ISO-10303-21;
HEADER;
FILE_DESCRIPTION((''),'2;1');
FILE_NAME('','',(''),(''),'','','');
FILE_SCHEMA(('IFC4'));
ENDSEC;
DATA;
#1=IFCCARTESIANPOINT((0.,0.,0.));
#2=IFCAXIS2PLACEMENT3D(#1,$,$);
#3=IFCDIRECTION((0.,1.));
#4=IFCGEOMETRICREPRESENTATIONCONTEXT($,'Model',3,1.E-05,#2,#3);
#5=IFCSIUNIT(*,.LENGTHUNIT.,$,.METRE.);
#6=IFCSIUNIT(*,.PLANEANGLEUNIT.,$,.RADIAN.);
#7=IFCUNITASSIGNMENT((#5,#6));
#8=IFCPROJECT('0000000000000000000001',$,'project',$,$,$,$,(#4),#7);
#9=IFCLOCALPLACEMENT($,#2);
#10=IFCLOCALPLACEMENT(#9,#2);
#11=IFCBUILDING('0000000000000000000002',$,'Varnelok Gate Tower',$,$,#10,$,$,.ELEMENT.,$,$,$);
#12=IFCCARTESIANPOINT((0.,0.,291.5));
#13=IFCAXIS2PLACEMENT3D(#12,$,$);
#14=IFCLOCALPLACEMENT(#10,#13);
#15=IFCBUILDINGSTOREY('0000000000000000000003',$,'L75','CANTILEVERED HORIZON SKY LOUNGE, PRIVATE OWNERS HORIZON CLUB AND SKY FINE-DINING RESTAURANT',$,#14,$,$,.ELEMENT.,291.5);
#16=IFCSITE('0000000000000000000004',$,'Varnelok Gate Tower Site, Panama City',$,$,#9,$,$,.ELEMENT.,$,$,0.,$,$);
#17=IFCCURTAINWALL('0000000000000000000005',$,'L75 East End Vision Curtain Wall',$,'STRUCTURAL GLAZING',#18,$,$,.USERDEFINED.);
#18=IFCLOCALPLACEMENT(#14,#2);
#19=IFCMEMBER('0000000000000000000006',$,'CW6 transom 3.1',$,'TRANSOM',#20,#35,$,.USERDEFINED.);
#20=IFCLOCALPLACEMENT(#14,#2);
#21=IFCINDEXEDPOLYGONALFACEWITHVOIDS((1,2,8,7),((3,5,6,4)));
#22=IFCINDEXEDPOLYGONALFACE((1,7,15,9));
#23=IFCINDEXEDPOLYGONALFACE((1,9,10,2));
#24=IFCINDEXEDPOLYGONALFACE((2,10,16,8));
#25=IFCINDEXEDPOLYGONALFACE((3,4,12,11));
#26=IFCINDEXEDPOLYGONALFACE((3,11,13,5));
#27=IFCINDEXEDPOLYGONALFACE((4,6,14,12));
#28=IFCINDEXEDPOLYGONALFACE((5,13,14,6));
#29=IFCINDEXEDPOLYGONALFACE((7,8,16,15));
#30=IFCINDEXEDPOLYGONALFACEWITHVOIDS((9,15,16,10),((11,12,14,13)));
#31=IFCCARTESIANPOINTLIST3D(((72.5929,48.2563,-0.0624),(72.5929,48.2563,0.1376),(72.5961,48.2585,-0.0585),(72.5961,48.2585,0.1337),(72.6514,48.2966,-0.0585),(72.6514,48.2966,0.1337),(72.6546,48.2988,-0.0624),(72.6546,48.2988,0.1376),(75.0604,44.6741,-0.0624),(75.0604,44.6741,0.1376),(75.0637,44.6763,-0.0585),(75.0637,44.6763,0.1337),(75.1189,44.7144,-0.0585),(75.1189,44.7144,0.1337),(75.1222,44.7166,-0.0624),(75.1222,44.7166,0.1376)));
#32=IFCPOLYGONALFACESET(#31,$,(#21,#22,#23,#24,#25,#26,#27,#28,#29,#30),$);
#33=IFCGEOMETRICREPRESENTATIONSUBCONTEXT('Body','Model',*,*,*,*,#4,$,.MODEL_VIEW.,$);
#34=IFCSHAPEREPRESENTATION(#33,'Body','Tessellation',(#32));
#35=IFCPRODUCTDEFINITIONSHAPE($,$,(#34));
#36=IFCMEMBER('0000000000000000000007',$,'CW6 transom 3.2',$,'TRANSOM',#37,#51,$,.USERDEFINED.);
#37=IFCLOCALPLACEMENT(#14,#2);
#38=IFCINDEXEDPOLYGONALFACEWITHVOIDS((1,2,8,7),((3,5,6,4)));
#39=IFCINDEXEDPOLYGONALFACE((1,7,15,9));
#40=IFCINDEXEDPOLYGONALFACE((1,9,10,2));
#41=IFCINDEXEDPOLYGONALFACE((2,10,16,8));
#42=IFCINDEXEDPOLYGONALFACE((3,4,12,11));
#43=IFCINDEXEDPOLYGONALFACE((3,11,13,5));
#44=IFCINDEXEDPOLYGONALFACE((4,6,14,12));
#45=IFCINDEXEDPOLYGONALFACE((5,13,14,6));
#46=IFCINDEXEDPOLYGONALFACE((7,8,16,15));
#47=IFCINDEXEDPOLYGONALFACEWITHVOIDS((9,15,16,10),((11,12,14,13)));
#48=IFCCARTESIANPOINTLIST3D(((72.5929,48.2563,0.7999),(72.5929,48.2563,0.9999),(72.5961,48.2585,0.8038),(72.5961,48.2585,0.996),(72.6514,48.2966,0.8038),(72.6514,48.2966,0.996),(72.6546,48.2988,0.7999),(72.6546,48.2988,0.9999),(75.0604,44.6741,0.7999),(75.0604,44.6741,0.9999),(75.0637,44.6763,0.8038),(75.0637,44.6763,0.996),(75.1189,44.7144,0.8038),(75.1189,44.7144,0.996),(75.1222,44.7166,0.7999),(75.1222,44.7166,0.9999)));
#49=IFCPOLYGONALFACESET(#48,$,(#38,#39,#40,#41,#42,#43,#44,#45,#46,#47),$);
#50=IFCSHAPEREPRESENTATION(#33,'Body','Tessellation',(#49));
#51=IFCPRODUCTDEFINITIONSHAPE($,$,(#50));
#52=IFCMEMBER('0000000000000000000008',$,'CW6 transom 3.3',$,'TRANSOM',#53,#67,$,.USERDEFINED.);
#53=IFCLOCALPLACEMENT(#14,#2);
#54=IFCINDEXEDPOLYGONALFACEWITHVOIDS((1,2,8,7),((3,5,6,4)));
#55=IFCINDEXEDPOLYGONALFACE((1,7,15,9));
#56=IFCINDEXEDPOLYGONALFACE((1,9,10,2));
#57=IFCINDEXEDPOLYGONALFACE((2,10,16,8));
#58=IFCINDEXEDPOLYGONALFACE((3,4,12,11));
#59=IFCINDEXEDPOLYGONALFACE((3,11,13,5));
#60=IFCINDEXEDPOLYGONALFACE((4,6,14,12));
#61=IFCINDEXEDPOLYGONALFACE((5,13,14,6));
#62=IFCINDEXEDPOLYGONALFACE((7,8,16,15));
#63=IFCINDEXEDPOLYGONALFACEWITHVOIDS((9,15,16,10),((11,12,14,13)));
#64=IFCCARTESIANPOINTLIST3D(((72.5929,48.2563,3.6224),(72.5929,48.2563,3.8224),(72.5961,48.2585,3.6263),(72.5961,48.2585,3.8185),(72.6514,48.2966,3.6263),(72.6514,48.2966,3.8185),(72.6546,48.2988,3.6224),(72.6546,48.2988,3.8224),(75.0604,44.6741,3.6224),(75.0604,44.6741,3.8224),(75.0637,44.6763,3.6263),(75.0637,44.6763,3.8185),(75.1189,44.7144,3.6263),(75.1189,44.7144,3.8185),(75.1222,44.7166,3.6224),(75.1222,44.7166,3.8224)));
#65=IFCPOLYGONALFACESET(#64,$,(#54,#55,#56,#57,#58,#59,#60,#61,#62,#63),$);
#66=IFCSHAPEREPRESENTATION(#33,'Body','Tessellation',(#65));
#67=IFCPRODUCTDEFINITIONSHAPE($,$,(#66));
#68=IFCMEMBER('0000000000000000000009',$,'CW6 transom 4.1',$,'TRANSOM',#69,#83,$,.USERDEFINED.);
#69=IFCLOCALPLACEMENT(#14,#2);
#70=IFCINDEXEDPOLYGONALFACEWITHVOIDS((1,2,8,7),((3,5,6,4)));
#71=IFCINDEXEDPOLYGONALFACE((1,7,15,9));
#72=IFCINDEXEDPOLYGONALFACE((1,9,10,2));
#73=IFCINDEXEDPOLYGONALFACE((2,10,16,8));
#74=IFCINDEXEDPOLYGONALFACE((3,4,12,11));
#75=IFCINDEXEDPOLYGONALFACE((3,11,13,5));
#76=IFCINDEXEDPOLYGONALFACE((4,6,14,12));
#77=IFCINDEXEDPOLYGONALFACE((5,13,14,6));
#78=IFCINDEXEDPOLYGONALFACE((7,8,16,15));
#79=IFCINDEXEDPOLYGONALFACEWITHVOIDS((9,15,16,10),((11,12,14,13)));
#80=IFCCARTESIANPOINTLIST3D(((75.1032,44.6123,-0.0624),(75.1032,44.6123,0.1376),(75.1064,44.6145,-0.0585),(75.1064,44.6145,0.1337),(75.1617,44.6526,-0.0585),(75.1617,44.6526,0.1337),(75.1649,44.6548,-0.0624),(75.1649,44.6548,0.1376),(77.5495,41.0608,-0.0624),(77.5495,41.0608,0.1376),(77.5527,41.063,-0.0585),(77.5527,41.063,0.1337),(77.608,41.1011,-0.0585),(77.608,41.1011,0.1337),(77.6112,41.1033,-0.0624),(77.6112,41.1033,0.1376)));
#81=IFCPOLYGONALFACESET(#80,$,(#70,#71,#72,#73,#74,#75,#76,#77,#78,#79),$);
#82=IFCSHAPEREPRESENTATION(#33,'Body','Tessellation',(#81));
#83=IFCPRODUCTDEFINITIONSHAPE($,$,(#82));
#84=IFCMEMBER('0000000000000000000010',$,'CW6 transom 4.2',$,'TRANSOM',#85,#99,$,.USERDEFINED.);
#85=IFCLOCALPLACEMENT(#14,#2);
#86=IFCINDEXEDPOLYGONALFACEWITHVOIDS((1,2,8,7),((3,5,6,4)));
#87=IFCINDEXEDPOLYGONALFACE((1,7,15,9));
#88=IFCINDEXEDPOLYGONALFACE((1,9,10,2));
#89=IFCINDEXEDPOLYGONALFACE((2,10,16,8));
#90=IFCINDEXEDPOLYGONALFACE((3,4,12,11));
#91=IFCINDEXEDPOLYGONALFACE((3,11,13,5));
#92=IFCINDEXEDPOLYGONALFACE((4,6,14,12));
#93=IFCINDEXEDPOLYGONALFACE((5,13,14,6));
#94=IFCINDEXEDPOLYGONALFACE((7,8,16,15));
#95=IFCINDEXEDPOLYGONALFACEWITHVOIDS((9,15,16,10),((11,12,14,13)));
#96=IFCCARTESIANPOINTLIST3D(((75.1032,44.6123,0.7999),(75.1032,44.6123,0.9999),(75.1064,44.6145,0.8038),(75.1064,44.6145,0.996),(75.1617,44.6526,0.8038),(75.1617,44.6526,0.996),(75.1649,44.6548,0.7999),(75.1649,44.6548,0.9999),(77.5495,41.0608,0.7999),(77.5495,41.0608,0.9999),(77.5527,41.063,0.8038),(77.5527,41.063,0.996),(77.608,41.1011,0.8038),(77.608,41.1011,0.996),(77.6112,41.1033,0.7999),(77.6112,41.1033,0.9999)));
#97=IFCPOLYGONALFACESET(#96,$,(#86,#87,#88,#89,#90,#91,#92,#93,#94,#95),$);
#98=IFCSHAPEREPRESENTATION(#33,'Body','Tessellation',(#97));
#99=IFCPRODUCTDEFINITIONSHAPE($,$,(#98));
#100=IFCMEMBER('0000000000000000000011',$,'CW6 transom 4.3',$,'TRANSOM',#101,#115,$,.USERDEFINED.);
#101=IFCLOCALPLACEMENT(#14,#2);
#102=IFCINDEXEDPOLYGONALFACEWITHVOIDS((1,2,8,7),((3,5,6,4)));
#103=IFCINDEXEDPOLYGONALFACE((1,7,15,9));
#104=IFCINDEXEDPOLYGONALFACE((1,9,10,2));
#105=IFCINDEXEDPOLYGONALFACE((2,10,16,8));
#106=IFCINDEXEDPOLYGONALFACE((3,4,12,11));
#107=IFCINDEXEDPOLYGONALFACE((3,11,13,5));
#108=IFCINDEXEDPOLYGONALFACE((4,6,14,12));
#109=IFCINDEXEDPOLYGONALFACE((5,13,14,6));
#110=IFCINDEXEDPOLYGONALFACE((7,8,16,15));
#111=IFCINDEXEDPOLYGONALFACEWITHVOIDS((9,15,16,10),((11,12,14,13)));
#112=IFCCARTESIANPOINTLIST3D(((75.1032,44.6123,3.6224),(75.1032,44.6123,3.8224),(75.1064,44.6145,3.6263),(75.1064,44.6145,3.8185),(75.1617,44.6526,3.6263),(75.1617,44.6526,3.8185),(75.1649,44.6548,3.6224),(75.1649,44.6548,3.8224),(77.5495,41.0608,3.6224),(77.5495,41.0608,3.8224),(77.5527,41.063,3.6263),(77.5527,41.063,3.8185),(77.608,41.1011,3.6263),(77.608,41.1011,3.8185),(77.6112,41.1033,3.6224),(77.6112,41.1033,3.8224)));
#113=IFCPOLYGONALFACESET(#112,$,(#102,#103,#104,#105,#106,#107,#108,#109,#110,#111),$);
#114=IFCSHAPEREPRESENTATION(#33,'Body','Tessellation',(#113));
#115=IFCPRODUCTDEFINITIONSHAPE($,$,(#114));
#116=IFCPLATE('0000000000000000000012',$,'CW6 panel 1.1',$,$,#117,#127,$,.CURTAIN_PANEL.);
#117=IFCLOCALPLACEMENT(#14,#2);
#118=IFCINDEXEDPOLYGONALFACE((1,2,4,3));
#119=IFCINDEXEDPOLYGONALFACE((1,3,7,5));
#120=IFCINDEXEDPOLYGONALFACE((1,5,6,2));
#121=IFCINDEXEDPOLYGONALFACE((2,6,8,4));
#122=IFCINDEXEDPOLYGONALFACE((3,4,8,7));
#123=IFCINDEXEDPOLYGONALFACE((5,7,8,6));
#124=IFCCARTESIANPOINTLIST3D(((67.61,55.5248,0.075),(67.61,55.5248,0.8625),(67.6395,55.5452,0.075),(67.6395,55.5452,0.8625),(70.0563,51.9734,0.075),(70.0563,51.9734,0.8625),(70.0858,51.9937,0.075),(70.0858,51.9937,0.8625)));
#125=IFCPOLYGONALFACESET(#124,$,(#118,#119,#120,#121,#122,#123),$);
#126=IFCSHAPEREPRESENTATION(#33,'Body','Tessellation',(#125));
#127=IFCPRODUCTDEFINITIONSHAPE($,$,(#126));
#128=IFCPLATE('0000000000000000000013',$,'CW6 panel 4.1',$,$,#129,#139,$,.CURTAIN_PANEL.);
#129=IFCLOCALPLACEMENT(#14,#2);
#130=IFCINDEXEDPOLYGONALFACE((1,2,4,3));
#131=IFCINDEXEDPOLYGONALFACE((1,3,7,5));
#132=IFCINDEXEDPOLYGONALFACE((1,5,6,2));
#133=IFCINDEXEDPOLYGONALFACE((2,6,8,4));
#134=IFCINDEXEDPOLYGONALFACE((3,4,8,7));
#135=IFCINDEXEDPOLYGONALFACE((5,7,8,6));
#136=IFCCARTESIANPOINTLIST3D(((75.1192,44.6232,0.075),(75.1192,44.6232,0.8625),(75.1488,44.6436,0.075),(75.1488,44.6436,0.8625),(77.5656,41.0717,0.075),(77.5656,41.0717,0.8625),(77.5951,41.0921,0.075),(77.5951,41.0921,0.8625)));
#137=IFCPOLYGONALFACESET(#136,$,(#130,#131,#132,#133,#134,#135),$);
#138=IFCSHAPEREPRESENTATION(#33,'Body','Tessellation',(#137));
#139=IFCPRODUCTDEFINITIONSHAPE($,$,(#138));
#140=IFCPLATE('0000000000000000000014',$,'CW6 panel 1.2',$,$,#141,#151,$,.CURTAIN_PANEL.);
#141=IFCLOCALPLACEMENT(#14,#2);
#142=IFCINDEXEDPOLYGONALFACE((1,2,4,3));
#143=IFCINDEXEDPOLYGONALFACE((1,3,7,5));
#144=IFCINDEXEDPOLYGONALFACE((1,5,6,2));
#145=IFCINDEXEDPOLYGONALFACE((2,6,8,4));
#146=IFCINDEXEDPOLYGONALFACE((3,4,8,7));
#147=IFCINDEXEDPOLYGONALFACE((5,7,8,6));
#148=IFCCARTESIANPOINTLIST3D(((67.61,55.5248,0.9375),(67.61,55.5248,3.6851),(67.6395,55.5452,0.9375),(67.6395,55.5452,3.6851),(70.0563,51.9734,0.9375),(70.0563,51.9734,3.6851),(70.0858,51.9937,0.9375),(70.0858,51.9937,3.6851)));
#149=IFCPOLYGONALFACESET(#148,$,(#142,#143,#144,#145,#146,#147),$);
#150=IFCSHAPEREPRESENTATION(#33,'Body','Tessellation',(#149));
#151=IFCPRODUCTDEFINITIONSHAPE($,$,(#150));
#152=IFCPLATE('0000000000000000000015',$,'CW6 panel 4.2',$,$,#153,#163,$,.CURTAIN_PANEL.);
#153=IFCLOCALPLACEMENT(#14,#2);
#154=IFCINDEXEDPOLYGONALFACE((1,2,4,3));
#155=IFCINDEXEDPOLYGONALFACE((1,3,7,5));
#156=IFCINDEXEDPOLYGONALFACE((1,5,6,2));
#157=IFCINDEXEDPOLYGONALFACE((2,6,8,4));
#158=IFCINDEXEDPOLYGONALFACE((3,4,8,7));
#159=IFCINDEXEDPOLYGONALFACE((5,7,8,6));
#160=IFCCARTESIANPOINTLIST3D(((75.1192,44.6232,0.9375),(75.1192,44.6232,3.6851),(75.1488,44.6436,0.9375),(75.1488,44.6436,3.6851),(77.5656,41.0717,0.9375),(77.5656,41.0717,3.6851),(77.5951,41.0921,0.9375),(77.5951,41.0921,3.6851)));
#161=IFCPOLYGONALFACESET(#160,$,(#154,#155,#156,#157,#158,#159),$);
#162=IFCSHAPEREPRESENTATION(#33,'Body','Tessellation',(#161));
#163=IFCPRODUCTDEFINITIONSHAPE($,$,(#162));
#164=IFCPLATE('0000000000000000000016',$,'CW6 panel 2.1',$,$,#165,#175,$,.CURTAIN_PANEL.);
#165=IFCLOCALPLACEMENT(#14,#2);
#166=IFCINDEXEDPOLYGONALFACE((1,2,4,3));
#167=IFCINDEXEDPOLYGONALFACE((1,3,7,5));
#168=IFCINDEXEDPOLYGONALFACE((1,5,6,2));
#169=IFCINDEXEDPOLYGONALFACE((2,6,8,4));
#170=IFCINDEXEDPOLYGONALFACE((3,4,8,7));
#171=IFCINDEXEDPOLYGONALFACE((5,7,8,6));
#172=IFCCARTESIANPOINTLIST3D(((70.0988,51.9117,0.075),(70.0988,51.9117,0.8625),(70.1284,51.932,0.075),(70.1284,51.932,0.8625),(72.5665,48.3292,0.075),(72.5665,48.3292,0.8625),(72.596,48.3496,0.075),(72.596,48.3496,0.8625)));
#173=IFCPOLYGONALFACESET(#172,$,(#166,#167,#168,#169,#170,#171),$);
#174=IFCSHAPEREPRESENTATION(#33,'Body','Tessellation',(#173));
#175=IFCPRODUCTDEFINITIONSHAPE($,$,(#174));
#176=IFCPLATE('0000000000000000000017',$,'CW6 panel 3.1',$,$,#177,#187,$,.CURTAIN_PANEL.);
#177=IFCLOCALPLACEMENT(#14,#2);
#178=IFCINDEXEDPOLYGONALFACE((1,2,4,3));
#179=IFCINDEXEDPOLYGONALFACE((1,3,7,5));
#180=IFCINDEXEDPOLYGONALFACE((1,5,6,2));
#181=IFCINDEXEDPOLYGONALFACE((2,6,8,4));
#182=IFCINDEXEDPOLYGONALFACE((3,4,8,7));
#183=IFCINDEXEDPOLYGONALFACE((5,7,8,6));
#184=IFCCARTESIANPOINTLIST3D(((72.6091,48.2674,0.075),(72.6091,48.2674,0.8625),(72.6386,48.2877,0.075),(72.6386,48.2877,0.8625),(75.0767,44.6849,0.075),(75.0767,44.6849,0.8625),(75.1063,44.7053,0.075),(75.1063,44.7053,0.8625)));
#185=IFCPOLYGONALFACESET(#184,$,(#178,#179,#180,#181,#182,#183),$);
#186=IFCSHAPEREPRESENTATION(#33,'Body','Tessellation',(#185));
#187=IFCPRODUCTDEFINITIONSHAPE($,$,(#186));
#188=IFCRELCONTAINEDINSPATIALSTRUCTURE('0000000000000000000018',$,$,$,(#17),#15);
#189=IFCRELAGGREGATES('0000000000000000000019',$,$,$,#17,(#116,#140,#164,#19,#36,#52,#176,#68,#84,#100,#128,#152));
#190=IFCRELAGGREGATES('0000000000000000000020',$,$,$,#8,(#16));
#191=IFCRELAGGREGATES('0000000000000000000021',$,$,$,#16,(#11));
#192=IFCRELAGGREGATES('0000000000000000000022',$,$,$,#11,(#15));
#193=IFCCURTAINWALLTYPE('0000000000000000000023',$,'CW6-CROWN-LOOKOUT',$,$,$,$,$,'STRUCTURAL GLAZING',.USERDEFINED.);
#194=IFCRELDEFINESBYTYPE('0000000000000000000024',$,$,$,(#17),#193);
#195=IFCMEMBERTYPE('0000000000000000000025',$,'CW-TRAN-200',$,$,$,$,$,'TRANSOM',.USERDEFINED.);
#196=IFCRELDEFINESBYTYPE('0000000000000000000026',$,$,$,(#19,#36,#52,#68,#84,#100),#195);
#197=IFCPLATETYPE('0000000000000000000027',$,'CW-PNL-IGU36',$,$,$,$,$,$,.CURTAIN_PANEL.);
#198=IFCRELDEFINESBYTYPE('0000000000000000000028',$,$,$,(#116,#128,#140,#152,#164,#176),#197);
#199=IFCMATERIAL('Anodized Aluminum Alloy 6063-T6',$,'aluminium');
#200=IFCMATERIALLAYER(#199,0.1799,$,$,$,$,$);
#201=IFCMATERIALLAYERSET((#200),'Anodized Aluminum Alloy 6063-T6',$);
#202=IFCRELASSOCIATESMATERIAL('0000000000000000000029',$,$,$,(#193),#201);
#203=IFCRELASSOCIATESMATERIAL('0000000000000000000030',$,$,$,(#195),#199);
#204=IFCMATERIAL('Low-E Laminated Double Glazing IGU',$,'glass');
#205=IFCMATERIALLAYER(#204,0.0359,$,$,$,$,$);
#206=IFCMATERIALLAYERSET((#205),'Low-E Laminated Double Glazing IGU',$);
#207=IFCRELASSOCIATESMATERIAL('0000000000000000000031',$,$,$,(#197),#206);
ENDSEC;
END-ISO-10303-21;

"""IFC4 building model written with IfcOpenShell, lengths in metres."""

from ifc_helpers import new_model, si_unit, direction, frame, origin, origin_2d, place, context, subcontext, project, spatial, rectangle, hollow_rectangle, extrude, source, transform, mapped, material, layer, layer_set, material_profile, profile_set, type_object, element, aggregate, save


model = new_model("IFC4")

# Units and contexts
model_context = context("Model", 3, precision=1e-05, world=origin(), true_north=direction((0.0, 1.0)))
body_context = subcontext(model_context, "Body", "Model", "MODEL_VIEW")
ifc_project = project(units=[si_unit("LENGTHUNIT", "METRE"), si_unit("PLANEANGLEUNIT", "RADIAN")], contexts=[model_context])

# Site, building, storey
site_placement = place(None, origin())
site = spatial("IfcSite", under=ifc_project, at=site_placement, Name="Varnelok Gate Tower Site, Panama City", CompositionType="ELEMENT", RefElevation=0.0)
building_placement = place(site_placement, origin())
building = spatial("IfcBuilding", under=site, at=building_placement, Name="Varnelok Gate Tower", CompositionType="ELEMENT")
storey_placement = place(building_placement, frame((0.0, 0.0, 291.5)))
storey = spatial("IfcBuildingStorey", under=building, at=storey_placement, Name="L75", Description="CANTILEVERED HORIZON SKY LOUNGE, PRIVATE OWNERS HORIZON CLUB AND SKY FINE-DINING RESTAURANT", CompositionType="ELEMENT", Elevation=291.5)

# Curtain wall, members, plates
ifc_material_1 = material(Name="Anodized Aluminum Alloy 6063-T6", Category="aluminium")
ifc_layer_1 = layer(ifc_material_1, 0.1799)
ifc_layer_set_1 = layer_set([ifc_layer_1], Name="Anodized Aluminum Alloy 6063-T6")
curtain_wall_type = type_object("IfcCurtainWallType", Name="CW6-CROWN-LOOKOUT", ElementType="STRUCTURAL GLAZING", PredefinedType="USERDEFINED", material=ifc_layer_set_1)
curtain_wall_placement = place(storey_placement, origin())
curtain_wall = element("IfcCurtainWall", 1, at=curtain_wall_placement, inside=storey, type_object=curtain_wall_type, Name="L75 East End Vision Curtain Wall", ObjectType="STRUCTURAL GLAZING", PredefinedType="USERDEFINED")
ifc_material_profile_1 = material_profile(ifc_material_1, hollow_rectangle(XDim=0.075, YDim=0.2, WallThickness=0.0039, at=origin_2d()), Name="ALU200X75X4")
ifc_profile_set_1 = profile_set([ifc_material_profile_1], Name="Anodized Aluminum Alloy 6063-T6")
member_type_1 = type_object("IfcMemberType", Name="CW-TRAN-200", ElementType="TRANSOM", PredefinedType="USERDEFINED", material=ifc_profile_set_1)
member_1_placement = place(storey_placement, frame((72.6238, 48.2776, 0.0376), z_axis=(0.567265, -0.823536, 0.0), x_axis=(0.823536, 0.567265, 0.0)))
member_1 = element("IfcMember", 2, at=member_1_placement, type_object=member_type_1, Name="CW6 transom 3.1", ObjectType="TRANSOM", PredefinedType="USERDEFINED", context=body_context, shape_type="SweptSolid", body=[
    extrude(hollow_rectangle(XDim=0.075, YDim=0.2, WallThickness=0.0039, at=origin_2d()), origin(), (0.0, 0.0, 1.0), 4.3499),
])
member_2_placement = place(storey_placement, frame((72.6238, 48.2776, 0.8999), z_axis=(0.567265, -0.823536, 0.0), x_axis=(0.823536, 0.567265, 0.0)))
member_2 = element("IfcMember", 3, at=member_2_placement, type_object=member_type_1, Name="CW6 transom 3.2", ObjectType="TRANSOM", PredefinedType="USERDEFINED", context=body_context, shape_type="SweptSolid", body=[
    extrude(hollow_rectangle(XDim=0.075, YDim=0.2, WallThickness=0.0039, at=origin_2d()), origin(), (0.0, 0.0, 1.0), 4.3499),
])
member_3_placement = place(storey_placement, frame((72.6238, 48.2776, 3.7224), z_axis=(0.567265, -0.823536, 0.0), x_axis=(0.823536, 0.567265, 0.0)))
member_3 = element("IfcMember", 4, at=member_3_placement, type_object=member_type_1, Name="CW6 transom 3.3", ObjectType="TRANSOM", PredefinedType="USERDEFINED", context=body_context, shape_type="SweptSolid", body=[
    extrude(hollow_rectangle(XDim=0.075, YDim=0.2, WallThickness=0.0039, at=origin_2d()), origin(), (0.0, 0.0, 1.0), 4.3499),
])
member_4_placement = place(storey_placement, frame((75.134, 44.6335, 0.0376), z_axis=(0.567257, -0.823541, 0.0), x_axis=(0.823541, 0.567257, 0.0)))
member_4 = element("IfcMember", 5, at=member_4_placement, type_object=member_type_1, Name="CW6 transom 4.1", ObjectType="TRANSOM", PredefinedType="USERDEFINED", context=body_context, shape_type="SweptSolid", body=[
    extrude(hollow_rectangle(XDim=0.075, YDim=0.2, WallThickness=0.0039, at=origin_2d()), origin(), (0.0, 0.0, 1.0), 4.3125),
])
member_5_placement = place(storey_placement, frame((75.134, 44.6335, 0.8999), z_axis=(0.567257, -0.823541, 0.0), x_axis=(0.823541, 0.567257, 0.0)))
member_5 = element("IfcMember", 6, at=member_5_placement, type_object=member_type_1, Name="CW6 transom 4.2", ObjectType="TRANSOM", PredefinedType="USERDEFINED", context=body_context, shape_type="SweptSolid", body=[
    extrude(hollow_rectangle(XDim=0.075, YDim=0.2, WallThickness=0.0039, at=origin_2d()), origin(), (0.0, 0.0, 1.0), 4.3125),
])
member_6_placement = place(storey_placement, frame((75.134, 44.6335, 3.7224), z_axis=(0.567257, -0.823541, 0.0), x_axis=(0.823541, 0.567257, 0.0)))
member_6 = element("IfcMember", 7, at=member_6_placement, type_object=member_type_1, Name="CW6 transom 4.3", ObjectType="TRANSOM", PredefinedType="USERDEFINED", context=body_context, shape_type="SweptSolid", body=[
    extrude(hollow_rectangle(XDim=0.075, YDim=0.2, WallThickness=0.0039, at=origin_2d()), origin(), (0.0, 0.0, 1.0), 4.3125),
])
ifc_material_2 = material(Name="Low-E Laminated Double Glazing IGU", Category="glass")
ifc_layer_2 = layer(ifc_material_2, 0.0359)
ifc_layer_set_2 = layer_set([ifc_layer_2], Name="Low-E Laminated Double Glazing IGU")
plate_type = type_object("IfcPlateType", Name="CW-PNL-IGU36", PredefinedType="CURTAIN_PANEL", material=ifc_layer_set_2)
shared_shape_1 = source(origin(), body_context, "Body", "SweptSolid", [
    extrude(rectangle(XDim=4.3125, YDim=0.0359, at=origin_2d()), origin(), (0.0, 0.0, 1.0), 0.7876),
])
plate_1_placement = place(storey_placement, frame((68.8479, 53.7593, 0.075), z_axis=(0.0, 0.0, 1.0), x_axis=(0.567267, -0.823534, 0.0)))
plate_1 = element("IfcPlate", 8, at=plate_1_placement, type_object=plate_type, Name="CW6 panel 1.1", PredefinedType="CURTAIN_PANEL", context=body_context, shape_type="MappedRepresentation", body=[
    mapped(shared_shape_1, transform((0.0, 0.0, 0.0), scale=1.0)),
])
plate_2_placement = place(storey_placement, frame((76.3572, 42.8577, 0.075), z_axis=(0.0, 0.0, 1.0), x_axis=(0.567267, -0.823534, 0.0)))
plate_2 = element("IfcPlate", 9, at=plate_2_placement, type_object=plate_type, Name="CW6 panel 4.1", PredefinedType="CURTAIN_PANEL", context=body_context, shape_type="MappedRepresentation", body=[
    mapped(shared_shape_1, transform((0.0, 0.0, 0.0), scale=1.0)),
])
shared_shape_2 = source(origin(), body_context, "Body", "SweptSolid", [
    extrude(rectangle(XDim=4.3125, YDim=0.0359, at=origin_2d()), origin(), (0.0, 0.0, 1.0), 2.7476),
])
plate_3_placement = place(storey_placement, frame((68.8479, 53.7593, 0.9375), z_axis=(0.0, 0.0, 1.0), x_axis=(0.567267, -0.823534, 0.0)))
plate_3 = element("IfcPlate", 10, at=plate_3_placement, type_object=plate_type, Name="CW6 panel 1.2", PredefinedType="CURTAIN_PANEL", context=body_context, shape_type="MappedRepresentation", body=[
    mapped(shared_shape_2, transform((0.0, 0.0, 0.0), scale=1.0)),
])
plate_4_placement = place(storey_placement, frame((76.3572, 42.8577, 0.9375), z_axis=(0.0, 0.0, 1.0), x_axis=(0.567267, -0.823534, 0.0)))
plate_4 = element("IfcPlate", 11, at=plate_4_placement, type_object=plate_type, Name="CW6 panel 4.2", PredefinedType="CURTAIN_PANEL", context=body_context, shape_type="MappedRepresentation", body=[
    mapped(shared_shape_2, transform((0.0, 0.0, 0.0), scale=1.0)),
])
shared_shape_3 = source(origin(), body_context, "Body", "SweptSolid", [
    extrude(rectangle(XDim=4.3501, YDim=0.0359, at=origin_2d()), origin(), (0.0, 0.0, 1.0), 0.7876),
])
plate_5_placement = place(storey_placement, frame((71.3474, 50.1306, 0.075), z_axis=(0.0, 0.0, 1.0), x_axis=(0.567267, -0.823534, 0.0)))
plate_5 = element("IfcPlate", 12, at=plate_5_placement, type_object=plate_type, Name="CW6 panel 2.1", PredefinedType="CURTAIN_PANEL", context=body_context, shape_type="MappedRepresentation", body=[
    mapped(shared_shape_3, transform((0.0, 0.0, 0.0), scale=1.0)),
])
plate_6_placement = place(storey_placement, frame((73.8577, 46.4863, 0.075), z_axis=(0.0, 0.0, 1.0), x_axis=(0.567267, -0.823534, 0.0)))
plate_6 = element("IfcPlate", 13, at=plate_6_placement, type_object=plate_type, Name="CW6 panel 3.1", PredefinedType="CURTAIN_PANEL", context=body_context, shape_type="MappedRepresentation", body=[
    mapped(shared_shape_3, transform((0.0, 0.0, 0.0), scale=1.0)),
])
aggregate(curtain_wall, [plate_1, plate_3, plate_5, member_1, member_2, member_3, plate_6, member_4, member_5, member_6, plate_2, plate_4])

save(model, "model.ifc")
